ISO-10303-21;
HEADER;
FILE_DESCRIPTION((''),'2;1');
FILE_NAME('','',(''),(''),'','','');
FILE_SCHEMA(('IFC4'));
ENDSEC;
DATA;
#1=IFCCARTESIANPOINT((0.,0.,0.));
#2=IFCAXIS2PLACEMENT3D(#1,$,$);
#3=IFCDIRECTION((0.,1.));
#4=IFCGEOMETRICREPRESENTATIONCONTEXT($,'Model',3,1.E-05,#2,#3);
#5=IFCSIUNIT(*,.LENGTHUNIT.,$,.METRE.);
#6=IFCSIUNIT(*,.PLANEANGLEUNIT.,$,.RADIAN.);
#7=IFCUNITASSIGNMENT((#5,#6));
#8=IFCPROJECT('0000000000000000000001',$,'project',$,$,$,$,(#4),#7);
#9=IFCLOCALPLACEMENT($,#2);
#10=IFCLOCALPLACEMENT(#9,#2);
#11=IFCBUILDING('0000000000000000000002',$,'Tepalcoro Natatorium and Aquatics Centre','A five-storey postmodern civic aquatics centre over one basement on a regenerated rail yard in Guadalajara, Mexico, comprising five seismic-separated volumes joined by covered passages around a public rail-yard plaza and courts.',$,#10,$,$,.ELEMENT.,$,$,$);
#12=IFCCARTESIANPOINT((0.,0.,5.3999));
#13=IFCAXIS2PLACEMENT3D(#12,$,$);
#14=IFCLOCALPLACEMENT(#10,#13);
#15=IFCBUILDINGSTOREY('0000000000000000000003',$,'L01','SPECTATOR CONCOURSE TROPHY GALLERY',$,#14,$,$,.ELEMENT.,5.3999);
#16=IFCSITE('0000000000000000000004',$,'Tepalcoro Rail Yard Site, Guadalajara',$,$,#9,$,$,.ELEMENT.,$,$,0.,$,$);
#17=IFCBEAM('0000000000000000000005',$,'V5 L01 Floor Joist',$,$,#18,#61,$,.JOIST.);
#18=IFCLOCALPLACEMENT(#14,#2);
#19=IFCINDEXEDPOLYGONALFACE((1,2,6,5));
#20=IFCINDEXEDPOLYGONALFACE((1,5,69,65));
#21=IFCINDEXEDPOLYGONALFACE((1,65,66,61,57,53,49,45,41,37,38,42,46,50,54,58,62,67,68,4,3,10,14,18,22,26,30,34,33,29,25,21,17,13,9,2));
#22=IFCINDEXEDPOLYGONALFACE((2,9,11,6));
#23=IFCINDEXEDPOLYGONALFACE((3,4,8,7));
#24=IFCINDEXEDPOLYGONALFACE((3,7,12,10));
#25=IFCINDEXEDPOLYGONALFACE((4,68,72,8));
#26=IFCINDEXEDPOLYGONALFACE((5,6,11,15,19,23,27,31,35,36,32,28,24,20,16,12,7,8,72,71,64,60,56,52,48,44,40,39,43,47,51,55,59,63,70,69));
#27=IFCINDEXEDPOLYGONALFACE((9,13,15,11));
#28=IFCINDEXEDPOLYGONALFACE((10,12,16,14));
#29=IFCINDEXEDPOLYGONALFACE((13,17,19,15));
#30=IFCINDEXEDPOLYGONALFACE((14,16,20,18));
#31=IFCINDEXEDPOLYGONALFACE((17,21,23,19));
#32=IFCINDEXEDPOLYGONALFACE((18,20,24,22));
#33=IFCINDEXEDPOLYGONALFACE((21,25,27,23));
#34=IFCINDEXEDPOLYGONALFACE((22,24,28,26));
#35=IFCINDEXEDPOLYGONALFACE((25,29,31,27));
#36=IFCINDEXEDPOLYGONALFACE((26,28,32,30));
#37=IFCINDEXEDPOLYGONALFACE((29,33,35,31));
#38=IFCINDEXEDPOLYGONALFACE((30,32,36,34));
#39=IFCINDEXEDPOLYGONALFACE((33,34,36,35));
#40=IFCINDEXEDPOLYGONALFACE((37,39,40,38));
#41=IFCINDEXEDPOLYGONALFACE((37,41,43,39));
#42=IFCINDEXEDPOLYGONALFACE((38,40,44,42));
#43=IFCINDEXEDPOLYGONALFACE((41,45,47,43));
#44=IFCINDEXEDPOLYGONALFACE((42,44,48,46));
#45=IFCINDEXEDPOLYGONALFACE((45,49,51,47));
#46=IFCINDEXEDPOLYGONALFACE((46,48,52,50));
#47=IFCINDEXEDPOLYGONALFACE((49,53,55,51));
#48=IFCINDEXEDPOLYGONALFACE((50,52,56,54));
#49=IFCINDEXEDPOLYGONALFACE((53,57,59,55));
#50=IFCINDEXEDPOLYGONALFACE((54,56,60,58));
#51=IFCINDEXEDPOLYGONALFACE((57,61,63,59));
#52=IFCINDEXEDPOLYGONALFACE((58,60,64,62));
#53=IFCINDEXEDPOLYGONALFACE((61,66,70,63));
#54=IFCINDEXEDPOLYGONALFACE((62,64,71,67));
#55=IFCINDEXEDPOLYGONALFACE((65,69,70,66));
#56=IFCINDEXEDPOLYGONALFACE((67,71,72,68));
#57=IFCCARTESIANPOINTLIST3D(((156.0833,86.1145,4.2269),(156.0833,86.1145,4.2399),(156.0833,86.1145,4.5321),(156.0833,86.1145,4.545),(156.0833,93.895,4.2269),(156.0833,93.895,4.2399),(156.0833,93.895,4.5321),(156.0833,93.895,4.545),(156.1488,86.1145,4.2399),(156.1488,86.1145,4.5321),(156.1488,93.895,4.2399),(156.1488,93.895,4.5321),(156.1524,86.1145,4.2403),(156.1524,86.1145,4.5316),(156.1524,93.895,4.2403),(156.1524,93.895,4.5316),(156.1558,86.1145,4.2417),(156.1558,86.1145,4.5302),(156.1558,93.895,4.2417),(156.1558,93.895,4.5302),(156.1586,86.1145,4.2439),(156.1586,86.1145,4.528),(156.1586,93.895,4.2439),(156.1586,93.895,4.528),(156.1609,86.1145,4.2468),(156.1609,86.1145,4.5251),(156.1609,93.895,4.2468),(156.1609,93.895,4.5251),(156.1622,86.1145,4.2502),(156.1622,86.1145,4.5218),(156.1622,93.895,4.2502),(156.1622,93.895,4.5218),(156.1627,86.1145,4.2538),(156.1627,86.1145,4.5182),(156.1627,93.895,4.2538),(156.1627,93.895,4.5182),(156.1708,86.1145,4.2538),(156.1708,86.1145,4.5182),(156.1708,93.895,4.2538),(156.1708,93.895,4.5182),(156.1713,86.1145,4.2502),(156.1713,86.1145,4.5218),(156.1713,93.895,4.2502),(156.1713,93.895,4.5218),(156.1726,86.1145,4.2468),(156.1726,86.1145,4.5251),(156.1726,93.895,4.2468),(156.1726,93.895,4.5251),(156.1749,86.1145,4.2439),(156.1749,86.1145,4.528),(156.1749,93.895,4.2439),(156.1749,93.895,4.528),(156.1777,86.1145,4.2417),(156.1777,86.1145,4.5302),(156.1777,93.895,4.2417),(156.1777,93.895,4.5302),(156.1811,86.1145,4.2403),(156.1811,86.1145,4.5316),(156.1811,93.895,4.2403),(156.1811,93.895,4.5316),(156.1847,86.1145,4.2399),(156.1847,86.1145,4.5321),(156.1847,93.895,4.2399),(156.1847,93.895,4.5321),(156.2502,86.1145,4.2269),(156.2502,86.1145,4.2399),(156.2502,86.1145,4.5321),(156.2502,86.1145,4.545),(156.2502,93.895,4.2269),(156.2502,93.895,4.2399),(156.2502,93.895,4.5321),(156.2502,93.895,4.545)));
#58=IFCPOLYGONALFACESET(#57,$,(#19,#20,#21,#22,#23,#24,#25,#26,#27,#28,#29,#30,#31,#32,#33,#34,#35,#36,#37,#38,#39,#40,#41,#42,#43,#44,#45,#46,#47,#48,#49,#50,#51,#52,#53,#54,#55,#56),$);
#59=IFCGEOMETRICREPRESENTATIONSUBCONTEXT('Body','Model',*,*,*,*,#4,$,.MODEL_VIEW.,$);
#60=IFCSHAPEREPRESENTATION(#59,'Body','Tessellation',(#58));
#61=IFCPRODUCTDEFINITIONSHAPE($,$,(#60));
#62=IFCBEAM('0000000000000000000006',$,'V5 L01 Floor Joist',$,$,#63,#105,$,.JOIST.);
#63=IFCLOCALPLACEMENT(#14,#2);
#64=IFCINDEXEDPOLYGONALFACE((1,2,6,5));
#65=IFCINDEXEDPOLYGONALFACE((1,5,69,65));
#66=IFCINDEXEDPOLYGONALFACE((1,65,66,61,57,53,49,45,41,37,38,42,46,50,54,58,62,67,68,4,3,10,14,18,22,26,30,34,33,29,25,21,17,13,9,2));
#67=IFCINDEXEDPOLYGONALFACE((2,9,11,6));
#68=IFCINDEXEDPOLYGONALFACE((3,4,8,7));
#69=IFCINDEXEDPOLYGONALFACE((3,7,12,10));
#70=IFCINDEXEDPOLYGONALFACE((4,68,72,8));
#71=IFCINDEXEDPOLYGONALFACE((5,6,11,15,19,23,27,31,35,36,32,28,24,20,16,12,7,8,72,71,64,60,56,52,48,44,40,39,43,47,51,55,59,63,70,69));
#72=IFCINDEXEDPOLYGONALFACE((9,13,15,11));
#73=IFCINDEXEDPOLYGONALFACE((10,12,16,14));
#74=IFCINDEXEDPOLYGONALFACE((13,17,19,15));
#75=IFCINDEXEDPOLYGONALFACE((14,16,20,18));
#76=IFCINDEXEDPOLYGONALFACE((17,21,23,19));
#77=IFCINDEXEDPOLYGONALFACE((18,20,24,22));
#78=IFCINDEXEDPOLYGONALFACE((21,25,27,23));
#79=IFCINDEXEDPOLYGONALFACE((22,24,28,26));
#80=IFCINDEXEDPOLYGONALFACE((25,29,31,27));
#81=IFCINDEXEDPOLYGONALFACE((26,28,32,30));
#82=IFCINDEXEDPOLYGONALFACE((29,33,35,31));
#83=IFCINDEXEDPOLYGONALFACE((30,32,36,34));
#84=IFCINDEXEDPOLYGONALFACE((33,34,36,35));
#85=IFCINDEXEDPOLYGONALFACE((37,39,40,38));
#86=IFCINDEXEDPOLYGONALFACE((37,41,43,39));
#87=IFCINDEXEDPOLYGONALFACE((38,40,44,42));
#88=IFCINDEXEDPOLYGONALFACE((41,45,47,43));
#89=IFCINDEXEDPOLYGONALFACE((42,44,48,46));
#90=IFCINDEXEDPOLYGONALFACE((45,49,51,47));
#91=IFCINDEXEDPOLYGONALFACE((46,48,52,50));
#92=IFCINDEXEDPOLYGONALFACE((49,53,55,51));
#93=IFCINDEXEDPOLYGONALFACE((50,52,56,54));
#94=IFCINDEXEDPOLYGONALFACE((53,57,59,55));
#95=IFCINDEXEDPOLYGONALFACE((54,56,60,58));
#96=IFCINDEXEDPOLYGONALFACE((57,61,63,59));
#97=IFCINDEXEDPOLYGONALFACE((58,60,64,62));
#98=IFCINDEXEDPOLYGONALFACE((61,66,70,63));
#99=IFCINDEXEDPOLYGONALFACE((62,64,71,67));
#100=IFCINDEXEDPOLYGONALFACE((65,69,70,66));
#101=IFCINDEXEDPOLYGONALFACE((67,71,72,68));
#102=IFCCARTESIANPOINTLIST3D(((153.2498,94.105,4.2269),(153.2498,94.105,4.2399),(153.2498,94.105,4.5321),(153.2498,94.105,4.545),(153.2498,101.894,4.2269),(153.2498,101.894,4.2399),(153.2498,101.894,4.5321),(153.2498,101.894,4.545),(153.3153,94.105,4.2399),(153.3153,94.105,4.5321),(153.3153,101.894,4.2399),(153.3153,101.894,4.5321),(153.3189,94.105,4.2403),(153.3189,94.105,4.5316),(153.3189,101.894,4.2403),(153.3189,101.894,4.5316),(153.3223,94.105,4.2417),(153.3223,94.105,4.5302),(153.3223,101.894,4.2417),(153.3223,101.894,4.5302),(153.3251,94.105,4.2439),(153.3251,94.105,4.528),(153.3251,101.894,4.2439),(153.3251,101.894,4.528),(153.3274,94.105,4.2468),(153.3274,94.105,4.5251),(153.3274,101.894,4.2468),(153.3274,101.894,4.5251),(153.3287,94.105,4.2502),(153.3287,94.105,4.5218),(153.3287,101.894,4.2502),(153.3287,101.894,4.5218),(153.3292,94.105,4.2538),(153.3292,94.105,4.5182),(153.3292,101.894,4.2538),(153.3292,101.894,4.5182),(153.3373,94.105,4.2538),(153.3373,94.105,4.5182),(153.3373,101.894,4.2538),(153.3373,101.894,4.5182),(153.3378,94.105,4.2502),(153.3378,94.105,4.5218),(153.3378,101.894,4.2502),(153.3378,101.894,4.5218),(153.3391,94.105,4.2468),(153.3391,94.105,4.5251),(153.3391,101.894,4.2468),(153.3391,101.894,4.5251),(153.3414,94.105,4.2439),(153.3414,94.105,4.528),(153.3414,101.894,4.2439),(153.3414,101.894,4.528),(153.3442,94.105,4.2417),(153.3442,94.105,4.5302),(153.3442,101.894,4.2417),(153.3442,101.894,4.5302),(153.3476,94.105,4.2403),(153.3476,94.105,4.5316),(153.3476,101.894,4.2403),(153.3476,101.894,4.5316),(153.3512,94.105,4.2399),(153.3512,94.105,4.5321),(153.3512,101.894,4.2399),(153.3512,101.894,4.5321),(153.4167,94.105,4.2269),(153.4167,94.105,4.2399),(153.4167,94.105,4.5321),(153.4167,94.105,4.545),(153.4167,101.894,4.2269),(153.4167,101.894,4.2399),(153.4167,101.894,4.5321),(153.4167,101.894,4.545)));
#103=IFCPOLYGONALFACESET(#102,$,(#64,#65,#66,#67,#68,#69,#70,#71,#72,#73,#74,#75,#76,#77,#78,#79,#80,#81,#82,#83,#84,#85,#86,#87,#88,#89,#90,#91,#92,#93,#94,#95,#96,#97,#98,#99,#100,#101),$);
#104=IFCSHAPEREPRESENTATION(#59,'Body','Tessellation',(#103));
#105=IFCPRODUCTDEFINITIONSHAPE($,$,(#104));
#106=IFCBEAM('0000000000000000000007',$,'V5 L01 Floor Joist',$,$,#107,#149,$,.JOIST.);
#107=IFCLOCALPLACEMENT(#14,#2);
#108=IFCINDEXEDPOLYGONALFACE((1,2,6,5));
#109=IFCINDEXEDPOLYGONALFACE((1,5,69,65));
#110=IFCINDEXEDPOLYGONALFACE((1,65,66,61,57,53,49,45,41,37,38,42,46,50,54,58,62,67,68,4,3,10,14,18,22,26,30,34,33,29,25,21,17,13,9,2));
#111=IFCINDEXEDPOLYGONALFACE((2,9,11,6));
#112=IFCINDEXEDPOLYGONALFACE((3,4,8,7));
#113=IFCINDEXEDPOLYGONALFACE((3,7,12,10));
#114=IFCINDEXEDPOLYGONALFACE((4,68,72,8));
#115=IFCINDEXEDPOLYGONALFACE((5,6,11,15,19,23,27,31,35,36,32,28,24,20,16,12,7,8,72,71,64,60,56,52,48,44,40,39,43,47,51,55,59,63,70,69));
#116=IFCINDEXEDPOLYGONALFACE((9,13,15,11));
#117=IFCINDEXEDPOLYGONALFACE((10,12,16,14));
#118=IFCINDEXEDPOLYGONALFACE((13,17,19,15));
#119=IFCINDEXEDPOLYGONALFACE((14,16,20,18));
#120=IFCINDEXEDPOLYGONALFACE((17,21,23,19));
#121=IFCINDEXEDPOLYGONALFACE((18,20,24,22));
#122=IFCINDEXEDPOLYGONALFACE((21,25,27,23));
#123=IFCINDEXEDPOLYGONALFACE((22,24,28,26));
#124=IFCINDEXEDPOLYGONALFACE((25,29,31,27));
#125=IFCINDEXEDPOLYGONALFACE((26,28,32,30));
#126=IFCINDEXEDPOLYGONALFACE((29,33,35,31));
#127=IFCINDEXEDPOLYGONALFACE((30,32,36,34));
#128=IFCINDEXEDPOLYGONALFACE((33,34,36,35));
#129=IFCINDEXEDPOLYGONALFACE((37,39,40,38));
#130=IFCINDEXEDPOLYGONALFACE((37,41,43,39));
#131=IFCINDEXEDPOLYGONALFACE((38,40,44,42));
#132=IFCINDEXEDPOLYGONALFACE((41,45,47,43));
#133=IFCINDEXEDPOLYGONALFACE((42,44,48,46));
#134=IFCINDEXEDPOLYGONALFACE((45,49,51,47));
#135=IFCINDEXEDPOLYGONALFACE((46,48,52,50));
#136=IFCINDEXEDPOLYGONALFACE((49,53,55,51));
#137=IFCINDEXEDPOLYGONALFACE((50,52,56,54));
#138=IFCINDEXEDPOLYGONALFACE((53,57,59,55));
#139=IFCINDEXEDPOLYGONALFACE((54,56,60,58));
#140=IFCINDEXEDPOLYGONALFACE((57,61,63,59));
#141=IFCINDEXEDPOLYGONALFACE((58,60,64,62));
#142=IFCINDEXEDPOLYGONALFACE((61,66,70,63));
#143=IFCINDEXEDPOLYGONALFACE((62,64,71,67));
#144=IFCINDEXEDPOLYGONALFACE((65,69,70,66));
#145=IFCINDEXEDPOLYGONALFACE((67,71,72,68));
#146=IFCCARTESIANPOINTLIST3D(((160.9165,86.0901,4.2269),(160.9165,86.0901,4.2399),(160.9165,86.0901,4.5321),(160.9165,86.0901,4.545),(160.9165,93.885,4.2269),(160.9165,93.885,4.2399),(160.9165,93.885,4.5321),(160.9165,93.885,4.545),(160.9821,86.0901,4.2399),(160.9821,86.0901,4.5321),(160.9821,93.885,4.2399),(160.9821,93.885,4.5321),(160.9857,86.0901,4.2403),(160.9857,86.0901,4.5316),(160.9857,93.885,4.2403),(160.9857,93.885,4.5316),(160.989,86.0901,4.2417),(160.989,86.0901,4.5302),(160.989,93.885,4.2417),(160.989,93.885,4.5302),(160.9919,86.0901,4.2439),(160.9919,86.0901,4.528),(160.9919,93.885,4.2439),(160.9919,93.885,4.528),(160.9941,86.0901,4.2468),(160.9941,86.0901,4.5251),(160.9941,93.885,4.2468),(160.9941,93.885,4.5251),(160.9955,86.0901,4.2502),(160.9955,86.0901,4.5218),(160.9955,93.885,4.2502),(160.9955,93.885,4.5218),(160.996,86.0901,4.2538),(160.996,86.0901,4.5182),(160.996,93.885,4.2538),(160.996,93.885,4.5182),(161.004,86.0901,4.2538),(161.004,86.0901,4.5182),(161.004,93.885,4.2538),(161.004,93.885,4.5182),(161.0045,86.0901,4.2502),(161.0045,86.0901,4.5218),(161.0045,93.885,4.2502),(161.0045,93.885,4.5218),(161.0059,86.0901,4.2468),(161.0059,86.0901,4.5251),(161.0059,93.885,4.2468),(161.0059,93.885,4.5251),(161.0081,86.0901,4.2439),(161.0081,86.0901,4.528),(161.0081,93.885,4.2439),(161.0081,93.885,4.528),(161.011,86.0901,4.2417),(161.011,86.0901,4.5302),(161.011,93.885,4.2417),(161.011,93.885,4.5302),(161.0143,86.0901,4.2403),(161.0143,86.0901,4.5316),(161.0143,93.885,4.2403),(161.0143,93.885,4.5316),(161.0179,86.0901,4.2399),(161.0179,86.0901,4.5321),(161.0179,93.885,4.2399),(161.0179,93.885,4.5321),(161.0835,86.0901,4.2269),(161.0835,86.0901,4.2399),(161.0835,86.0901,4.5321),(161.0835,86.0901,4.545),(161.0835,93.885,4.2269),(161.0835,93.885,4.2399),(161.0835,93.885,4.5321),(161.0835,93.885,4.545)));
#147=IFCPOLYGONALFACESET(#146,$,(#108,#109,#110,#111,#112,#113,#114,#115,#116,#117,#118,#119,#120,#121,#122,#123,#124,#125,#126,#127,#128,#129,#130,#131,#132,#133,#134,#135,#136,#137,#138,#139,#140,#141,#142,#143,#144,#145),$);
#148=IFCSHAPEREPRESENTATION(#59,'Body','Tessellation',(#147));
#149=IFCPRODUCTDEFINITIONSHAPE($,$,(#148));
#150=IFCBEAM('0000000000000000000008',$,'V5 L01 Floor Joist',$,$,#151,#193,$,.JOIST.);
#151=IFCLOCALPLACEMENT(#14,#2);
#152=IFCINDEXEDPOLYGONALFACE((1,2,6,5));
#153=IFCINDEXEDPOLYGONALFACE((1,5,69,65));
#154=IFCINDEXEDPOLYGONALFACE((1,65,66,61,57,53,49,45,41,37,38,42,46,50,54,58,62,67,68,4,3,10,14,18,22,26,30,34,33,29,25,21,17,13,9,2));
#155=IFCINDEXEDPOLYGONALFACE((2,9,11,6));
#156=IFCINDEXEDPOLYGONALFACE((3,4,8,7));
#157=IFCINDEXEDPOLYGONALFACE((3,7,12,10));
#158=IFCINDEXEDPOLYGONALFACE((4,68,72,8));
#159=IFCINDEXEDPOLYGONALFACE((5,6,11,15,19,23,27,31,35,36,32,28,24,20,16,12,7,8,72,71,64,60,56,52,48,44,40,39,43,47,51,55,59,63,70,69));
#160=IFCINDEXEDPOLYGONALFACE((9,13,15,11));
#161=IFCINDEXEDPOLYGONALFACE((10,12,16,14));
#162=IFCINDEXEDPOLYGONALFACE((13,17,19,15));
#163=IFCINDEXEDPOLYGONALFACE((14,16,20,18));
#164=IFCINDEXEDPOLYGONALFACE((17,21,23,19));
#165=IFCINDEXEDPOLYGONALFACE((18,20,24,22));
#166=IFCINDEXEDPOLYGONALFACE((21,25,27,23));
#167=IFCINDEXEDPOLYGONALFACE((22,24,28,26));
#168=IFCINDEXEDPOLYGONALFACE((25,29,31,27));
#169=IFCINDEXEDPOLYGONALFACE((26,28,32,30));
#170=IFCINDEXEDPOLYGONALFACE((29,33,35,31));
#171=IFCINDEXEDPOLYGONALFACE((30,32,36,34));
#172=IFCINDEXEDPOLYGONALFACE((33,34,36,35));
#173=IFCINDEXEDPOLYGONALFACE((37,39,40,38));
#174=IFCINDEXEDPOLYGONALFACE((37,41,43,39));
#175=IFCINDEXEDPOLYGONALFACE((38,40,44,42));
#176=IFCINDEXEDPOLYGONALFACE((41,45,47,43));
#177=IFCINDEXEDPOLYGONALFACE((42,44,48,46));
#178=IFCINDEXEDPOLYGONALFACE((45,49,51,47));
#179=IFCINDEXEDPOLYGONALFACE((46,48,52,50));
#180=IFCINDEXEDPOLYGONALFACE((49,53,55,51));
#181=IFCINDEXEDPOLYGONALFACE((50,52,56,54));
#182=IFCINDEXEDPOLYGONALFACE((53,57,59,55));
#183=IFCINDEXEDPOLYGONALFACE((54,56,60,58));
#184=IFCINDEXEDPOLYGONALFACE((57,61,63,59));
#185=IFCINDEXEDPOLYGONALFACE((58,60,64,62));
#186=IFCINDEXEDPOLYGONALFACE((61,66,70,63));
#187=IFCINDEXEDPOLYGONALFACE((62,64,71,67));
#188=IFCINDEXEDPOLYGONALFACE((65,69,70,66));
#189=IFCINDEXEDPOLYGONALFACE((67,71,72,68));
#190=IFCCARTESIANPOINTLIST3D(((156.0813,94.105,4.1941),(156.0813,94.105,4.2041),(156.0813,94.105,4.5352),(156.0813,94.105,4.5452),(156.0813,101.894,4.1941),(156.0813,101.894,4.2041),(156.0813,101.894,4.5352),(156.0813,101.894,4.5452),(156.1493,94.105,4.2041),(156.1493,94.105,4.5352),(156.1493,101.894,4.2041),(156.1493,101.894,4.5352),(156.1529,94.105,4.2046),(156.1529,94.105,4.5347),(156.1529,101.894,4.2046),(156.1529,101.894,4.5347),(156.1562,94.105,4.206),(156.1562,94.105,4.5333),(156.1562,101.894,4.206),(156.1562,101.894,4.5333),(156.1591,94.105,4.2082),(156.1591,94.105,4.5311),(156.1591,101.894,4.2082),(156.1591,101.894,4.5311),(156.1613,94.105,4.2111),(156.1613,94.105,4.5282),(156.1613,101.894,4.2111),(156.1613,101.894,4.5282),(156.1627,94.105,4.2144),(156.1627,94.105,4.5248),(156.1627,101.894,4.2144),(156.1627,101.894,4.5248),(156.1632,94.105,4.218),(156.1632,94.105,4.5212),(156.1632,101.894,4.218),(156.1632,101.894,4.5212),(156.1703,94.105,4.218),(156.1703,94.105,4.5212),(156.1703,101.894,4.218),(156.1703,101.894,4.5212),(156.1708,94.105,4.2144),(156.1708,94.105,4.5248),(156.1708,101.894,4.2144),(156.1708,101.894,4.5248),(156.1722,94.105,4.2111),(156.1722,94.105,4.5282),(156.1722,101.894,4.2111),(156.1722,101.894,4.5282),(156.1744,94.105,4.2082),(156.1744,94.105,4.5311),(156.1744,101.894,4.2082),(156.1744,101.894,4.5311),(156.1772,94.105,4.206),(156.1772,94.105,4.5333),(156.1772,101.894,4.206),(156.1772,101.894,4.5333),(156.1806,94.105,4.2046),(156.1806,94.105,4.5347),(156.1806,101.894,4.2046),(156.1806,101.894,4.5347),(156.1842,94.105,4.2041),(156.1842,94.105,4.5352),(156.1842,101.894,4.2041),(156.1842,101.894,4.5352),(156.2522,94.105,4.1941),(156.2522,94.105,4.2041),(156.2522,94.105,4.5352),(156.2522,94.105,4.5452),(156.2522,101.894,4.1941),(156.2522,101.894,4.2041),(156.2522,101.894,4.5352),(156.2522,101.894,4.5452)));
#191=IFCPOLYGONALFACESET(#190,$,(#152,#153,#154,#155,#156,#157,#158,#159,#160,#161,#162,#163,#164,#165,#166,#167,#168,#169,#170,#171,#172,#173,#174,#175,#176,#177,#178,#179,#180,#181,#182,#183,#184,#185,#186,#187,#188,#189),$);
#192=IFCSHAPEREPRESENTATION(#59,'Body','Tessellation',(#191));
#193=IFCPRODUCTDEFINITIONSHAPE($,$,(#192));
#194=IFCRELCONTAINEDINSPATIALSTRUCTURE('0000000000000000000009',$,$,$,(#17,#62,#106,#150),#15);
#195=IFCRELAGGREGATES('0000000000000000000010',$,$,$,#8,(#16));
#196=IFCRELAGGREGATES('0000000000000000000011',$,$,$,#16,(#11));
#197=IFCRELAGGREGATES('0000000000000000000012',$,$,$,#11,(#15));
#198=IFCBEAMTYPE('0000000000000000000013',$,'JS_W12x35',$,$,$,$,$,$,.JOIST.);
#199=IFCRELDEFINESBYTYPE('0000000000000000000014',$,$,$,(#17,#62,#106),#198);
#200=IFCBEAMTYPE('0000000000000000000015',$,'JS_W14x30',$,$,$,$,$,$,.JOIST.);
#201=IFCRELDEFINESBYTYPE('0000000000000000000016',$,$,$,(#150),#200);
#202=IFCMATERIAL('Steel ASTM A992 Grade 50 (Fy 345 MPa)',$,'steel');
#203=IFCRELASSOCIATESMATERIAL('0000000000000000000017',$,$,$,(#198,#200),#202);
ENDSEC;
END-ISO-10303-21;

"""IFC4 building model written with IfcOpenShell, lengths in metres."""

from ifc_helpers import new_model, si_unit, direction, frame, origin, origin_2d, place, context, subcontext, project, spatial, i_section, extrude, material, material_profile, profile_set, type_object, element, save


model = new_model("IFC4")

# Units and contexts
model_context = context("Model", 3, precision=1e-05, world=origin(), true_north=direction((0.0, 1.0)))
body_context = subcontext(model_context, "Body", "Model", "MODEL_VIEW")
ifc_project = project(units=[si_unit("LENGTHUNIT", "METRE"), si_unit("PLANEANGLEUNIT", "RADIAN")], contexts=[model_context])

# Site, building, storey
site_placement = place(None, origin())
site = spatial("IfcSite", under=ifc_project, at=site_placement, Name="Tepalcoro Rail Yard Site, Guadalajara", CompositionType="ELEMENT", RefElevation=0.0)
building_placement = place(site_placement, origin())
building = spatial("IfcBuilding", under=site, at=building_placement, Name="Tepalcoro Natatorium and Aquatics Centre", Description="A five-storey postmodern civic aquatics centre over one basement on a regenerated rail yard in Guadalajara, Mexico, comprising five seismic-separated volumes joined by covered passages around a public rail-yard plaza and courts.", CompositionType="ELEMENT")
storey_placement = place(building_placement, frame((0.0, 0.0, 5.3999)))
storey = spatial("IfcBuildingStorey", under=building, at=storey_placement, Name="L01", Description="SPECTATOR CONCOURSE TROPHY GALLERY", CompositionType="ELEMENT", Elevation=5.3999)

# Shared definitions
ifc_material_1 = material(Name="Steel ASTM A992 Grade 50 (Fy 345 MPa)", Category="steel")

# Beams
ifc_material_profile_1 = material_profile(ifc_material_1, i_section(OverallWidth=0.167, OverallDepth=0.3181, WebThickness=0.0081, FlangeThickness=0.0129, FilletRadius=0.0139, at=origin_2d()), Name="W12X35")
ifc_profile_set_1 = profile_set([ifc_material_profile_1], Name="Steel ASTM A992 Grade 50 (Fy 345 MPa)")
beam_type_1 = type_object("IfcBeamType", Name="JS_W12x35", PredefinedType="JOIST", material=ifc_profile_set_1)
beam_1_placement = place(storey_placement, frame((156.1667, 86.1145, 4.386), z_axis=(0.0, 1.0, 0.0), x_axis=(-1.0, 0.0, 0.0)))
element("IfcBeam", 1, at=beam_1_placement, inside=storey, type_object=beam_type_1, Name="V5 L01 Floor Joist", PredefinedType="JOIST", context=body_context, shape_type="SweptSolid", body=[
    extrude(i_section(OverallWidth=0.167, OverallDepth=0.3181, WebThickness=0.0081, FlangeThickness=0.0129, FilletRadius=0.0139, at=origin_2d()), origin(), (0.0, 0.0, 1.0), 7.7805),
])
beam_2_placement = place(storey_placement, frame((153.3333, 94.105, 4.386), z_axis=(0.0, 1.0, 0.0), x_axis=(-1.0, 0.0, 0.0)))
element("IfcBeam", 2, at=beam_2_placement, inside=storey, type_object=beam_type_1, Name="V5 L01 Floor Joist", PredefinedType="JOIST", context=body_context, shape_type="SweptSolid", body=[
    extrude(i_section(OverallWidth=0.167, OverallDepth=0.3181, WebThickness=0.0081, FlangeThickness=0.0129, FilletRadius=0.0139, at=origin_2d()), origin(), (0.0, 0.0, 1.0), 7.7891),
])
beam_3_placement = place(storey_placement, frame((161.0, 86.0901, 4.386), z_axis=(0.0, 1.0, 0.0), x_axis=(-1.0, 0.0, 0.0)))
element("IfcBeam", 3, at=beam_3_placement, inside=storey, type_object=beam_type_1, Name="V5 L01 Floor Joist", PredefinedType="JOIST", context=body_context, shape_type="SweptSolid", body=[
    extrude(i_section(OverallWidth=0.167, OverallDepth=0.3181, WebThickness=0.0081, FlangeThickness=0.0129, FilletRadius=0.0139, at=origin_2d()), origin(), (0.0, 0.0, 1.0), 7.7949),
])
ifc_material_profile_2 = material_profile(ifc_material_1, i_section(OverallWidth=0.1709, OverallDepth=0.3511, WebThickness=0.0071, FlangeThickness=0.01, FilletRadius=0.0139, at=origin_2d()), Name="W14X30")
ifc_profile_set_2 = profile_set([ifc_material_profile_2], Name="Steel ASTM A992 Grade 50 (Fy 345 MPa)")
beam_type_2 = type_object("IfcBeamType", Name="JS_W14x30", PredefinedType="JOIST", material=ifc_profile_set_2)
beam_4_placement = place(storey_placement, frame((156.1667, 94.105, 4.3696), z_axis=(0.0, 1.0, 0.0), x_axis=(-1.0, 0.0, 0.0)))
element("IfcBeam", 4, at=beam_4_placement, inside=storey, type_object=beam_type_2, Name="V5 L01 Floor Joist", PredefinedType="JOIST", context=body_context, shape_type="SweptSolid", body=[
    extrude(i_section(OverallWidth=0.1709, OverallDepth=0.3511, WebThickness=0.0071, FlangeThickness=0.01, FilletRadius=0.0139, at=origin_2d()), origin(), (0.0, 0.0, 1.0), 7.7891),
])

save(model, "model.ifc")
